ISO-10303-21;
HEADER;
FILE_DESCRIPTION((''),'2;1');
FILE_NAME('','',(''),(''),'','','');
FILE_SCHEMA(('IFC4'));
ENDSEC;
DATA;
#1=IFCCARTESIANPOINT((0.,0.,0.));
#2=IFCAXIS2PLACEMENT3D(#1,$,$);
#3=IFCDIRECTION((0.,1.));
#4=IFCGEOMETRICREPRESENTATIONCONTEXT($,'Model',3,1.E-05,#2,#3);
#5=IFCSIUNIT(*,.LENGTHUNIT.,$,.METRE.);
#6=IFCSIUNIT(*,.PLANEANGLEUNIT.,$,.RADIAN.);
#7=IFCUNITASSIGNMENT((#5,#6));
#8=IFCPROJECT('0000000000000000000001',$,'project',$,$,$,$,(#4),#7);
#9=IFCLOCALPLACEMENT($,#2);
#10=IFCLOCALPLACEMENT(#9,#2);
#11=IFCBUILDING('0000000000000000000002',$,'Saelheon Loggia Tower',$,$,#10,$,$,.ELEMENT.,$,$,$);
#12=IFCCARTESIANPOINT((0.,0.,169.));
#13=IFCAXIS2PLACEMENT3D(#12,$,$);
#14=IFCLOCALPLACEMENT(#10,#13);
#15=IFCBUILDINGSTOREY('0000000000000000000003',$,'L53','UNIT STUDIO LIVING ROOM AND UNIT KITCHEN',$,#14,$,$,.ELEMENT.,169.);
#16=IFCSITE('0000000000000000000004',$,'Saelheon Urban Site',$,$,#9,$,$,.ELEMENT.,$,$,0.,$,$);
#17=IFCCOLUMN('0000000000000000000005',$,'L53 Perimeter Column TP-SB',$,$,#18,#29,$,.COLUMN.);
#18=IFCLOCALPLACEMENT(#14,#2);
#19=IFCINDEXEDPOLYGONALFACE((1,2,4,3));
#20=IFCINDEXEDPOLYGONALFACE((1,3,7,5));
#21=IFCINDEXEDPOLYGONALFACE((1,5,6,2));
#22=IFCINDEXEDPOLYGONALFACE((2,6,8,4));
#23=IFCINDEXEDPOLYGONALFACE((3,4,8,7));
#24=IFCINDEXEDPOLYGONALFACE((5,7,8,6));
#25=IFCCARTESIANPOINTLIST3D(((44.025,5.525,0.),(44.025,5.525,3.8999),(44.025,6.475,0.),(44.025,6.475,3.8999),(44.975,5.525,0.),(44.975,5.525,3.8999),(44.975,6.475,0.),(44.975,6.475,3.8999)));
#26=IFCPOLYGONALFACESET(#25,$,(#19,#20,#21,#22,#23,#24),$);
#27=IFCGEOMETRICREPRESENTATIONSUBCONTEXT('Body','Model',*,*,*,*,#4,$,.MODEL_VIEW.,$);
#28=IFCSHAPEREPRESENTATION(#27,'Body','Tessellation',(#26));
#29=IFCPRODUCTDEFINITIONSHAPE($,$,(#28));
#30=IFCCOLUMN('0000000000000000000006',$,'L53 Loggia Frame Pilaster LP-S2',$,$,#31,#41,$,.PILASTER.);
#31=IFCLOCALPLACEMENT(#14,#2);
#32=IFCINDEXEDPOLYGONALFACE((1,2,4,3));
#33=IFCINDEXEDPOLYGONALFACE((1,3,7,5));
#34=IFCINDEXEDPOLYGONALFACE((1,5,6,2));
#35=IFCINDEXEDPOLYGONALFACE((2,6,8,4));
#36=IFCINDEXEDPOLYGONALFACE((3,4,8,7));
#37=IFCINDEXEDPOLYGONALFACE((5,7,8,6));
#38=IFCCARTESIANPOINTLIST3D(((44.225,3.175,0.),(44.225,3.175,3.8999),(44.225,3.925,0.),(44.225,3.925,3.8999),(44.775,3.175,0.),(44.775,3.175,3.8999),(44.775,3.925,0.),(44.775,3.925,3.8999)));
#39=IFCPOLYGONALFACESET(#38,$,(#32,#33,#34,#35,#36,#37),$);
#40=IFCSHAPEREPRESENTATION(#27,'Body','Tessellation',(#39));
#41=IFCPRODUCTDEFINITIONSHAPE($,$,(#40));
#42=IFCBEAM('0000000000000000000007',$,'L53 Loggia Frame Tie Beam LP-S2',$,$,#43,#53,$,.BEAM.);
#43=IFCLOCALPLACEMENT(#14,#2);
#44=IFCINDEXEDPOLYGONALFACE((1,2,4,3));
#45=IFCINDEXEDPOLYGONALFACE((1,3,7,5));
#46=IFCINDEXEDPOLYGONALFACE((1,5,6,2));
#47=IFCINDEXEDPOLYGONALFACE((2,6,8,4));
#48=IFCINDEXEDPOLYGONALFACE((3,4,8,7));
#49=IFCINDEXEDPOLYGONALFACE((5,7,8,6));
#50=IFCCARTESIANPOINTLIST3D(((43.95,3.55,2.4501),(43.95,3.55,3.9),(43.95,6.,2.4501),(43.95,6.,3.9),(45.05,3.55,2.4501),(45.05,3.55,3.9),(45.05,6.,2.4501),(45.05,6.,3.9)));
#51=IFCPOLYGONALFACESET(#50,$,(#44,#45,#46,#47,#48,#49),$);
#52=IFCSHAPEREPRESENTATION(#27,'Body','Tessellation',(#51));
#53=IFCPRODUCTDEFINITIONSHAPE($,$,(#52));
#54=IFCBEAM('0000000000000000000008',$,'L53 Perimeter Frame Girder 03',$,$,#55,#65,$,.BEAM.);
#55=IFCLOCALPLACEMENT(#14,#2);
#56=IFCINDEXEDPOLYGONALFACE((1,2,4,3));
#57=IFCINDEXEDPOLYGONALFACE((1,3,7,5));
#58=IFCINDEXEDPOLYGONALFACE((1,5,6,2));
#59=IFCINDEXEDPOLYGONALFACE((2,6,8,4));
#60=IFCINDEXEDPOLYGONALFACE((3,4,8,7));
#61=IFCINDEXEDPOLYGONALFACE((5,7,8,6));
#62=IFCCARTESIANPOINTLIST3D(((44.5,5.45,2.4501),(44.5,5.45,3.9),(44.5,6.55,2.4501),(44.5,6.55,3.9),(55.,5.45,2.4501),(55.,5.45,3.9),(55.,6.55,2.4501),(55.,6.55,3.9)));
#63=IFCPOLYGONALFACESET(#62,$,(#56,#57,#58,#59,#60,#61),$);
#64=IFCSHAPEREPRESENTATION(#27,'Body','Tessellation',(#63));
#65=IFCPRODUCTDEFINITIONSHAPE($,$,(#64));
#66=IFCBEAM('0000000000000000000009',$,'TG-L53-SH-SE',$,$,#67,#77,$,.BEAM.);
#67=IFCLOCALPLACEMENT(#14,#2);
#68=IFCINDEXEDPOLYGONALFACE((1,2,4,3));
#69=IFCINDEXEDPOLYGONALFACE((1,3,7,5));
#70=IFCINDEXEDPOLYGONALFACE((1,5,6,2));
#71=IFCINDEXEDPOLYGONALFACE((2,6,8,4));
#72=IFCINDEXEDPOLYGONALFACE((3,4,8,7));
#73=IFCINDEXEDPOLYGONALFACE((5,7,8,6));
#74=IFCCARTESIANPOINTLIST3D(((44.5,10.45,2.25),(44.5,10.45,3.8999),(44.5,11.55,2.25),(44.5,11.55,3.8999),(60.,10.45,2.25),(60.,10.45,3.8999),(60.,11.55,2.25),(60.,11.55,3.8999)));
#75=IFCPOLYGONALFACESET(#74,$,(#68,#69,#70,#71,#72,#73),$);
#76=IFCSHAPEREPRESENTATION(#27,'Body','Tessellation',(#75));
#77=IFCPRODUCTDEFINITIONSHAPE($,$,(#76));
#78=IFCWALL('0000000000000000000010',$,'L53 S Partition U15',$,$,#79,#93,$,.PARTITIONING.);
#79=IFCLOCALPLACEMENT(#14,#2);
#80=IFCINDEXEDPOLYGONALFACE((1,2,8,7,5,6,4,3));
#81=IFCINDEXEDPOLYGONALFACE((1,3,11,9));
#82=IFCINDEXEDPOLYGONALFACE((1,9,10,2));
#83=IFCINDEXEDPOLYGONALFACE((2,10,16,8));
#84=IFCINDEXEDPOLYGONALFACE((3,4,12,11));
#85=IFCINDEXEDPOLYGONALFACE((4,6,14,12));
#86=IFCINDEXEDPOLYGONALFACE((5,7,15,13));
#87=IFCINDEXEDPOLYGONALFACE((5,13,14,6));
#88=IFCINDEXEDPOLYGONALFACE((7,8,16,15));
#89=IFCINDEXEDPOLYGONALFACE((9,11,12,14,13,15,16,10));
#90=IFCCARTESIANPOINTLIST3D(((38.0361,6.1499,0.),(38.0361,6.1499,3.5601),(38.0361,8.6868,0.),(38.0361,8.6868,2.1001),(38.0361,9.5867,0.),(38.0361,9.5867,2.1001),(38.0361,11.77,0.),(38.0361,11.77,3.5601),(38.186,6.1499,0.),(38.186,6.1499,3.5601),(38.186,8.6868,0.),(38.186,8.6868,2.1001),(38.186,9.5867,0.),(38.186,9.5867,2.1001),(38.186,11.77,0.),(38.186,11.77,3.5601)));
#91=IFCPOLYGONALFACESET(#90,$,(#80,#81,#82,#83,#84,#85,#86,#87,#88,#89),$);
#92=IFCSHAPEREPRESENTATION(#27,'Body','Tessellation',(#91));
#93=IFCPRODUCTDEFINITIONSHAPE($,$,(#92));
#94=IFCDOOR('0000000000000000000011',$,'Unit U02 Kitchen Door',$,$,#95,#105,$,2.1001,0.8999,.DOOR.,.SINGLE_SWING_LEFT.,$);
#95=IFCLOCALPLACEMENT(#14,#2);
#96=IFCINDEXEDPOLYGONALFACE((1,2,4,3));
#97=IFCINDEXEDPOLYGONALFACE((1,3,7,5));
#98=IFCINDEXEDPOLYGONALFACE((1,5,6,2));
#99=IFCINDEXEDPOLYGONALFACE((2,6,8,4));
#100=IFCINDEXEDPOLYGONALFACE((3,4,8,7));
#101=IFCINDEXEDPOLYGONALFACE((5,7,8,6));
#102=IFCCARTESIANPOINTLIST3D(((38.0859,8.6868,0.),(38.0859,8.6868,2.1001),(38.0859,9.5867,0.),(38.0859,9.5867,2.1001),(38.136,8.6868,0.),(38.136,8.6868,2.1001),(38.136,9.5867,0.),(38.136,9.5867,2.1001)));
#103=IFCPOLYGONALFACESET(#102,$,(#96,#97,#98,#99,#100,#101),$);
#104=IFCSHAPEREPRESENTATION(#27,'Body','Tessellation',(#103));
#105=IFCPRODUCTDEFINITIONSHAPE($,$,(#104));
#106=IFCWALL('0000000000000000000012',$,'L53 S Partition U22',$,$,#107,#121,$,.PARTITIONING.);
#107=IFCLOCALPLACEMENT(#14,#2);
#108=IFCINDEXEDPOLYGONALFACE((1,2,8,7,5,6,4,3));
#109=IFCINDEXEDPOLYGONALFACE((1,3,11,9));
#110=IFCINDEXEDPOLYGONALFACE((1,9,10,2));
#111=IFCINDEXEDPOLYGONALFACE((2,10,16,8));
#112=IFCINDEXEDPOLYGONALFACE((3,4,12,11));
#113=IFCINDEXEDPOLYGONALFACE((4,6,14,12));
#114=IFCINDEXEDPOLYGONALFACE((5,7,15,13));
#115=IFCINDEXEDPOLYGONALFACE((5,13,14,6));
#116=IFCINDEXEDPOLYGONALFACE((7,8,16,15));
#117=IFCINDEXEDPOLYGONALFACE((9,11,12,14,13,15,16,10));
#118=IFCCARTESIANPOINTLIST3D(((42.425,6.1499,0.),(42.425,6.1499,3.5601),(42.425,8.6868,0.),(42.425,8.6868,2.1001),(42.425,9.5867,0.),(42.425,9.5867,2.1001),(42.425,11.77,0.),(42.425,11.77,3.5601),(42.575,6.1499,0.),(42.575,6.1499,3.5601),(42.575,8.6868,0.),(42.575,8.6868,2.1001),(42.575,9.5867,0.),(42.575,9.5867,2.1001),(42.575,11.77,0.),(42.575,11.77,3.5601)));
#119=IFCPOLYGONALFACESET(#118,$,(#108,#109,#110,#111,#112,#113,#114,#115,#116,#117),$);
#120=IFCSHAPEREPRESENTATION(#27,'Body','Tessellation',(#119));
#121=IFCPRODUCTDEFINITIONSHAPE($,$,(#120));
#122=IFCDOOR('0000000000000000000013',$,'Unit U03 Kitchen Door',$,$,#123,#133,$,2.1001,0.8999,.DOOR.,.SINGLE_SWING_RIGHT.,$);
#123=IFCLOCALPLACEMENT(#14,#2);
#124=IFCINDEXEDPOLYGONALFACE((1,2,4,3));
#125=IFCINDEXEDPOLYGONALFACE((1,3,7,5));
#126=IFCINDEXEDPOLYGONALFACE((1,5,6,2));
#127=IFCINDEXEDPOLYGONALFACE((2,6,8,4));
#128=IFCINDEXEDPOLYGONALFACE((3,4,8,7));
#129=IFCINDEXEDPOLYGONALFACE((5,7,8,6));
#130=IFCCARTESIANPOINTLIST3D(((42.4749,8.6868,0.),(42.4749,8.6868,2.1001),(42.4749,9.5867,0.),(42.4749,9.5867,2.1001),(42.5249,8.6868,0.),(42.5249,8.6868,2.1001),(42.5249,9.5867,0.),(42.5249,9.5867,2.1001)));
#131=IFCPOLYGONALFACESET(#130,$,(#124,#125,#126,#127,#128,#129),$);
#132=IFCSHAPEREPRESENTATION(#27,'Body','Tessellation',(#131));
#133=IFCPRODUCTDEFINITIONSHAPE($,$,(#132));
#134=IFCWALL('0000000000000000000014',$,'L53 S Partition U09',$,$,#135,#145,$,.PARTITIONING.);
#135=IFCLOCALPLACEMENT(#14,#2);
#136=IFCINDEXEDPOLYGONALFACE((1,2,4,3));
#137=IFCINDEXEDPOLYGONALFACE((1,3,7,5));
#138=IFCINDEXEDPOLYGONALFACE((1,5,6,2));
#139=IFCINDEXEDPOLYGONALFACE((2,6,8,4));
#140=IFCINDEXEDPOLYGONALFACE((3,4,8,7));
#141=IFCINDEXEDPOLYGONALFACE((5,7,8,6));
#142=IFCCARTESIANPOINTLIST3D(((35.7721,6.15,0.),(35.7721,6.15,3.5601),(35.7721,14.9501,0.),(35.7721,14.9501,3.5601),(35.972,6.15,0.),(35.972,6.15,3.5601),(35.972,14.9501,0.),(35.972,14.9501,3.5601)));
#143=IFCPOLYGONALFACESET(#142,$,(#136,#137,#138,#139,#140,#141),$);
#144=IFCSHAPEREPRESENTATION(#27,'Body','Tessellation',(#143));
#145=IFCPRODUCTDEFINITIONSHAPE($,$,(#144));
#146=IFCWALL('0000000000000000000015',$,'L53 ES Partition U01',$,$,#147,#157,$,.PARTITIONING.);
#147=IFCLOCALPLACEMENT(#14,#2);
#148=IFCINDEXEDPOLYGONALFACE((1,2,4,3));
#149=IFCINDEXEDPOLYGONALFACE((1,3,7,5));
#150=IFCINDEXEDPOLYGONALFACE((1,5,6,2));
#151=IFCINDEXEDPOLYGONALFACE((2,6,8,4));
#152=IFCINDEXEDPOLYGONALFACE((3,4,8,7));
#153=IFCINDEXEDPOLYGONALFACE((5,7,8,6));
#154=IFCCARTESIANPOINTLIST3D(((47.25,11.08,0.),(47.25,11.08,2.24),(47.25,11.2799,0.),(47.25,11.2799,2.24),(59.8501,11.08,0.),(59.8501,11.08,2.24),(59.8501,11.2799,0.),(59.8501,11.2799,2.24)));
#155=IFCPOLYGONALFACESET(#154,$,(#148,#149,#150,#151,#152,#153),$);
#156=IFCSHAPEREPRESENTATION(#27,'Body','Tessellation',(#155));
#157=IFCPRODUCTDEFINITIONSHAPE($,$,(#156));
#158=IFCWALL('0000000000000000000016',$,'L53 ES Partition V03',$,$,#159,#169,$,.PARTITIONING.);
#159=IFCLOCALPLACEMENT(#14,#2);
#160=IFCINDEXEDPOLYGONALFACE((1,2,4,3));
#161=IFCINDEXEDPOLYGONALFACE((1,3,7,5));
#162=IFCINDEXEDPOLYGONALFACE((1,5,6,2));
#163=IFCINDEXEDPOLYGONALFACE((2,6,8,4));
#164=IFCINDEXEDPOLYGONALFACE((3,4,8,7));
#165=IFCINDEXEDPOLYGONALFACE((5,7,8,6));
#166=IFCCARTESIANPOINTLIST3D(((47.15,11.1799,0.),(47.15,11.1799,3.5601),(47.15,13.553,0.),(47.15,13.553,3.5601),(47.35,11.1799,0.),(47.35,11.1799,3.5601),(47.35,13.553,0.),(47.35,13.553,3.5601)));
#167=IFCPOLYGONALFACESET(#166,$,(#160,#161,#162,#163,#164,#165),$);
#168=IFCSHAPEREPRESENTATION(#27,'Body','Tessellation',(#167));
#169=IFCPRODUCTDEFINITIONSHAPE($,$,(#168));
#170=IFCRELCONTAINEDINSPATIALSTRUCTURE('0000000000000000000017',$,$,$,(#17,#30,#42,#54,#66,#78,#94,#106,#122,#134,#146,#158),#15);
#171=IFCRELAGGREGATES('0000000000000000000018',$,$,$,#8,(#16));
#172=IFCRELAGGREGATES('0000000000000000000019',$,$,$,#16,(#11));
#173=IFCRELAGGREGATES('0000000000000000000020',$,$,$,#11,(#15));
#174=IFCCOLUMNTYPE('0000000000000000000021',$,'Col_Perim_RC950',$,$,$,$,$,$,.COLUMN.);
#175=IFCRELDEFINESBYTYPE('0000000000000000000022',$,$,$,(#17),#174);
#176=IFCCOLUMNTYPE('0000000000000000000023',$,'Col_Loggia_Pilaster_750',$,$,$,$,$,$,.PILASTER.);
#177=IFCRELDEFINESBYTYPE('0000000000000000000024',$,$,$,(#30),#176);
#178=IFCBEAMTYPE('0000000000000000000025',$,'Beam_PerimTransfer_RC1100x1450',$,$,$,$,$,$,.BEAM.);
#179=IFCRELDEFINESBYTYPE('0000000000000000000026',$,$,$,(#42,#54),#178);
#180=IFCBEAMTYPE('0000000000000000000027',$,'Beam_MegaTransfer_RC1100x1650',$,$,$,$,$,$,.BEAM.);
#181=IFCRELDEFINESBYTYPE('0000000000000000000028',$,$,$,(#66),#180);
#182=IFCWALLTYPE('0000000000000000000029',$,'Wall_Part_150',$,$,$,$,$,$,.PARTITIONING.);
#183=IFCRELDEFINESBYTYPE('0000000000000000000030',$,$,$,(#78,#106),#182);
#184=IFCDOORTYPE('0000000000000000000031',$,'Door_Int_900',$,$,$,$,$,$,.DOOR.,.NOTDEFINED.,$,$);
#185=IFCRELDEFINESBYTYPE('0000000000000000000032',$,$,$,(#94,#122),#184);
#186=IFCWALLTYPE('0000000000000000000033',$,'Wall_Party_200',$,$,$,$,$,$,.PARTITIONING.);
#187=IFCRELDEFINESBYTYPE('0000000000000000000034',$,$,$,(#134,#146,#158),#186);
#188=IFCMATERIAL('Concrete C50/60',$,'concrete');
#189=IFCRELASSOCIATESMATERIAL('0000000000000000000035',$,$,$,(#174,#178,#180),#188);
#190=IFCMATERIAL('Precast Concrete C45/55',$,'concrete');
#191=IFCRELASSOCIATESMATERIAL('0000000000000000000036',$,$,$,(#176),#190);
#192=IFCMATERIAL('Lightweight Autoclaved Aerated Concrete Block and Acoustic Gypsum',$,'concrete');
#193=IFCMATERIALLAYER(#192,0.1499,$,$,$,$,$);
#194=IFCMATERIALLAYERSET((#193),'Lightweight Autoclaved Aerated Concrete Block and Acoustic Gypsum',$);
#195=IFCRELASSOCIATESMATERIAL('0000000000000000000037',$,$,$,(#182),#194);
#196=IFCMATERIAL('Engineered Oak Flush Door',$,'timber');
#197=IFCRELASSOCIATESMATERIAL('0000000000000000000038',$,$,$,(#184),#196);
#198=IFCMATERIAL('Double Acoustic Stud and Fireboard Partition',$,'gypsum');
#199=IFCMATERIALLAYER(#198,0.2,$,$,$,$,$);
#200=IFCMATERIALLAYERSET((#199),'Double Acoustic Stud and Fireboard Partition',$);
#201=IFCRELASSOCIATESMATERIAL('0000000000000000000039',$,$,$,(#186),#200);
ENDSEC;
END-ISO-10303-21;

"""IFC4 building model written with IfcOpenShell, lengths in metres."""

from ifc_helpers import new_model, si_unit, direction, frame, frame_2d, origin, origin_2d, place, context, subcontext, project, spatial, rectangle, extrude, source, transform, mapped, material, layer, layer_set, material_profile, profile_set, type_object, element, fill, save


model = new_model("IFC4")

# Units and contexts
model_context = context("Model", 3, precision=1e-05, world=origin(), true_north=direction((0.0, 1.0)))
body_context = subcontext(model_context, "Body", "Model", "MODEL_VIEW")
ifc_project = project(units=[si_unit("LENGTHUNIT", "METRE"), si_unit("PLANEANGLEUNIT", "RADIAN")], contexts=[model_context])

# Site, building, storey
site_placement = place(None, origin())
site = spatial("IfcSite", under=ifc_project, at=site_placement, Name="Saelheon Urban Site", CompositionType="ELEMENT", RefElevation=0.0)
building_placement = place(site_placement, origin())
building = spatial("IfcBuilding", under=site, at=building_placement, Name="Saelheon Loggia Tower", CompositionType="ELEMENT")
storey_placement = place(building_placement, frame((0.0, 0.0, 169.0)))
storey = spatial("IfcBuildingStorey", under=building, at=storey_placement, Name="L53", Description="UNIT STUDIO LIVING ROOM AND UNIT KITCHEN", CompositionType="ELEMENT", Elevation=169.0)

# Columns
ifc_material_1 = material(Name="Concrete C50/60", Category="concrete")
ifc_material_profile_1 = material_profile(ifc_material_1, rectangle(XDim=0.95, YDim=0.95, at=origin_2d()), Name="RC-950x950")
ifc_profile_set_1 = profile_set([ifc_material_profile_1], Name="Concrete C50/60")
column_type_1 = type_object("IfcColumnType", Name="Col_Perim_RC950", PredefinedType="COLUMN", material=ifc_profile_set_1)
shared_shape_1 = source(origin(), body_context, "Body", "SweptSolid", [
    extrude(rectangle(XDim=0.95, YDim=0.95, at=origin_2d()), origin(), (0.0, 0.0, 1.0), 3.8999),
])
column_1_placement = place(storey_placement, frame((44.5, 6.0, 0.0), z_axis=(0.0, 0.0, 1.0), x_axis=(1.0, 0.0, 0.0)))
element("IfcColumn", 1, at=column_1_placement, inside=storey, type_object=column_type_1, Name="L53 Perimeter Column TP-SB", PredefinedType="COLUMN", context=body_context, shape_type="MappedRepresentation", body=[
    mapped(shared_shape_1, transform((0.0, 0.0, 0.0), scale=1.0)),
])
ifc_material_2 = material(Name="Precast Concrete C45/55", Category="concrete")
ifc_material_profile_2 = material_profile(ifc_material_2, rectangle(XDim=0.55, YDim=0.75, at=origin_2d()), Name="RC-550x750")
ifc_profile_set_2 = profile_set([ifc_material_profile_2], Name="Precast Concrete C45/55")
column_type_2 = type_object("IfcColumnType", Name="Col_Loggia_Pilaster_750", PredefinedType="PILASTER", material=ifc_profile_set_2)
shared_shape_2 = source(origin(), body_context, "Body", "SweptSolid", [
    extrude(rectangle(XDim=0.55, YDim=0.75, at=origin_2d()), origin(), (0.0, 0.0, 1.0), 3.8999),
])
column_2_placement = place(storey_placement, frame((44.5, 3.55, 0.0), z_axis=(0.0, 0.0, 1.0), x_axis=(1.0, 0.0, 0.0)))
element("IfcColumn", 2, at=column_2_placement, inside=storey, type_object=column_type_2, Name="L53 Loggia Frame Pilaster LP-S2", PredefinedType="PILASTER", context=body_context, shape_type="MappedRepresentation", body=[
    mapped(shared_shape_2, transform((0.0, 0.0, 0.0), scale=1.0)),
])

# Beams
ifc_material_profile_3 = material_profile(ifc_material_1, rectangle(XDim=1.1001, YDim=1.45, at=origin_2d()), Name="RC-1100x1450")
ifc_profile_set_3 = profile_set([ifc_material_profile_3], Name="Concrete C50/60")
beam_type_1 = type_object("IfcBeamType", Name="Beam_PerimTransfer_RC1100x1450", PredefinedType="BEAM", material=ifc_profile_set_3)
shared_shape_3 = source(origin(), body_context, "Body", "SweptSolid", [
    extrude(rectangle(XDim=1.1001, YDim=1.45, at=origin_2d()), origin(), (0.0, 0.0, 1.0), 2.45),
])
beam_1_placement = place(storey_placement, frame((44.5, 6.0, 3.175), z_axis=(0.0, -1.0, 0.0), x_axis=(1.0, 0.0, 0.0)))
element("IfcBeam", 3, at=beam_1_placement, inside=storey, type_object=beam_type_1, Name="L53 Loggia Frame Tie Beam LP-S2", PredefinedType="BEAM", context=body_context, shape_type="MappedRepresentation", body=[
    mapped(shared_shape_3, transform((0.0, 0.0, 0.0), scale=1.0)),
])
shared_shape_4 = source(origin(), body_context, "Body", "SweptSolid", [
    extrude(rectangle(XDim=1.1001, YDim=1.45, at=origin_2d()), origin(), (0.0, 0.0, 1.0), 10.5),
])
beam_2_placement = place(storey_placement, frame((44.5, 6.0, 3.175), z_axis=(1.0, 0.0, 0.0), x_axis=(0.0, 1.0, 0.0)))
element("IfcBeam", 4, at=beam_2_placement, inside=storey, type_object=beam_type_1, Name="L53 Perimeter Frame Girder 03", PredefinedType="BEAM", context=body_context, shape_type="MappedRepresentation", body=[
    mapped(shared_shape_4, transform((0.0, 0.0, 0.0), scale=1.0)),
])
ifc_material_profile_4 = material_profile(ifc_material_1, rectangle(XDim=1.1001, YDim=1.6499, at=origin_2d()), Name="RC-1100x1650")
ifc_profile_set_4 = profile_set([ifc_material_profile_4], Name="Concrete C50/60")
beam_type_2 = type_object("IfcBeamType", Name="Beam_MegaTransfer_RC1100x1650", PredefinedType="BEAM", material=ifc_profile_set_4)
shared_shape_5 = source(origin(), body_context, "Body", "SweptSolid", [
    extrude(rectangle(XDim=1.1001, YDim=1.6499, at=origin_2d()), origin(), (0.0, 0.0, 1.0), 15.5),
])
beam_3_placement = place(storey_placement, frame((44.5, 11.0, 3.075), z_axis=(1.0, 0.0, 0.0), x_axis=(0.0, 1.0, 0.0)))
element("IfcBeam", 5, at=beam_3_placement, inside=storey, type_object=beam_type_2, Name="TG-L53-SH-SE", PredefinedType="BEAM", context=body_context, shape_type="MappedRepresentation", body=[
    mapped(shared_shape_5, transform((0.0, 0.0, 0.0), scale=1.0)),
])

# Walls, openings, doors
ifc_material_3 = material(Name="Lightweight Autoclaved Aerated Concrete Block and Acoustic Gypsum", Category="concrete")
ifc_layer_1 = layer(ifc_material_3, 0.1499)
ifc_layer_set_1 = layer_set([ifc_layer_1], Name="Lightweight Autoclaved Aerated Concrete Block and Acoustic Gypsum")
wall_type_1 = type_object("IfcWallType", Name="Wall_Part_150", PredefinedType="PARTITIONING", material=ifc_layer_set_1)
wall_1_placement = place(storey_placement, frame((38.1111, 11.77, 0.0), z_axis=(0.0, 0.0, 1.0), x_axis=(0.0, -1.0, 0.0)))
wall_1 = element("IfcWall", 6, at=wall_1_placement, inside=storey, type_object=wall_type_1, Name="L53 S Partition U15", PredefinedType="PARTITIONING", context=body_context, shape_type="SweptSolid", body=[
    extrude(rectangle(XDim=5.6201, YDim=0.1499, at=frame_2d((2.8101, 0.0))), origin(), (0.0, 0.0, 1.0), 3.5601),
])
opening_1_placement = place(wall_1_placement, frame((2.1833, 0.0, 0.0)))
opening_1 = element("IfcOpeningElement", 7, at=opening_1_placement, cuts=wall_1, PredefinedType="OPENING", context=body_context, shape_type="SweptSolid", body=[
    extrude(rectangle(XDim=0.8999, YDim=2.1001, at=frame_2d((0.45, 1.05))), frame((0.0, 0.0869, 0.0), z_axis=(0.0, -1.0, 0.0), x_axis=(1.0, 0.0, 0.0)), (0.0, 0.0, 1.0), 0.1738),
])
ifc_material_4 = material(Name="Engineered Oak Flush Door", Category="timber")
door_type_1 = type_object("IfcDoorType", Name="Door_Int_900", OperationType="NOTDEFINED", PredefinedType="DOOR", material=ifc_material_4)
shared_shape_6 = source(origin(), body_context, "Body", "SweptSolid", [
    extrude(rectangle(XDim=0.8999, YDim=2.1001, at=frame_2d((0.45, 1.05))), frame((0.0, 0.0249, 0.0), z_axis=(0.0, -1.0, 0.0), x_axis=(1.0, 0.0, 0.0)), (0.0, 0.0, 1.0), 0.05),
])
door_1_placement = place(opening_1_placement, origin())
door_1 = element("IfcDoor", 8, at=door_1_placement, inside=storey, type_object=door_type_1, Name="Unit U02 Kitchen Door", OperationType="SINGLE_SWING_LEFT", OverallHeight=2.1001, OverallWidth=0.8999, PredefinedType="DOOR", context=body_context, shape_type="MappedRepresentation", body=[
    mapped(shared_shape_6, transform((0.0, 0.0, 0.0), scale=1.0)),
])
fill(opening_1, door_1)
wall_2_placement = place(storey_placement, frame((42.5, 11.77, 0.0), z_axis=(0.0, 0.0, 1.0), x_axis=(0.0, -1.0, 0.0)))
wall_2 = element("IfcWall", 9, at=wall_2_placement, inside=storey, type_object=wall_type_1, Name="L53 S Partition U22", PredefinedType="PARTITIONING", context=body_context, shape_type="SweptSolid", body=[
    extrude(rectangle(XDim=5.6201, YDim=0.1499, at=frame_2d((2.8101, 0.0))), origin(), (0.0, 0.0, 1.0), 3.5601),
])
opening_2_placement = place(wall_2_placement, frame((2.1833, 0.0, 0.0)))
opening_2 = element("IfcOpeningElement", 10, at=opening_2_placement, cuts=wall_2, PredefinedType="OPENING", context=body_context, shape_type="SweptSolid", body=[
    extrude(rectangle(XDim=0.8999, YDim=2.1001, at=frame_2d((0.45, 1.05))), frame((0.0, 0.0869, 0.0), z_axis=(0.0, -1.0, 0.0), x_axis=(1.0, 0.0, 0.0)), (0.0, 0.0, 1.0), 0.1738),
])
door_2_placement = place(opening_2_placement, origin())
door_2 = element("IfcDoor", 11, at=door_2_placement, inside=storey, type_object=door_type_1, Name="Unit U03 Kitchen Door", OperationType="SINGLE_SWING_RIGHT", OverallHeight=2.1001, OverallWidth=0.8999, PredefinedType="DOOR", context=body_context, shape_type="MappedRepresentation", body=[
    mapped(shared_shape_6, transform((0.0, 0.0, 0.0), scale=1.0)),
])
fill(opening_2, door_2)

# Wall
ifc_material_5 = material(Name="Double Acoustic Stud and Fireboard Partition", Category="gypsum")
ifc_layer_2 = layer(ifc_material_5, 0.2)
ifc_layer_set_2 = layer_set([ifc_layer_2], Name="Double Acoustic Stud and Fireboard Partition")
wall_type_2 = type_object("IfcWallType", Name="Wall_Party_200", PredefinedType="PARTITIONING", material=ifc_layer_set_2)
wall_3_placement = place(storey_placement, frame((35.8721, 14.95, 0.0), z_axis=(0.0, 0.0, 1.0), x_axis=(0.0, -1.0, 0.0)))
element("IfcWall", 12, at=wall_3_placement, inside=storey, type_object=wall_type_2, Name="L53 S Partition U09", PredefinedType="PARTITIONING", context=body_context, shape_type="SweptSolid", body=[
    extrude(rectangle(XDim=8.8, YDim=0.2, at=frame_2d((4.3999, 0.0))), origin(), (0.0, 0.0, 1.0), 3.5601),
])

# Walls
wall_4_placement = place(storey_placement, frame((47.25, 11.1799, 0.0), z_axis=(0.0, 0.0, 1.0), x_axis=(1.0, 0.0, 0.0)))
element("IfcWall", 13, at=wall_4_placement, inside=storey, type_object=wall_type_2, Name="L53 ES Partition U01", PredefinedType="PARTITIONING", context=body_context, shape_type="SweptSolid", body=[
    extrude(rectangle(XDim=12.6001, YDim=0.2, at=frame_2d((6.3, 0.0))), origin(), (0.0, 0.0, 1.0), 2.24),
])
wall_5_placement = place(storey_placement, frame((47.25, 11.1799, 0.0), z_axis=(0.0, 0.0, 1.0), x_axis=(0.0, 1.0, 0.0)))
element("IfcWall", 14, at=wall_5_placement, inside=storey, type_object=wall_type_2, Name="L53 ES Partition V03", PredefinedType="PARTITIONING", context=body_context, shape_type="SweptSolid", body=[
    extrude(rectangle(XDim=2.373, YDim=0.2, at=frame_2d((1.1865, 0.0))), origin(), (0.0, 0.0, 1.0), 3.5601),
])

save(model, "model.ifc")
